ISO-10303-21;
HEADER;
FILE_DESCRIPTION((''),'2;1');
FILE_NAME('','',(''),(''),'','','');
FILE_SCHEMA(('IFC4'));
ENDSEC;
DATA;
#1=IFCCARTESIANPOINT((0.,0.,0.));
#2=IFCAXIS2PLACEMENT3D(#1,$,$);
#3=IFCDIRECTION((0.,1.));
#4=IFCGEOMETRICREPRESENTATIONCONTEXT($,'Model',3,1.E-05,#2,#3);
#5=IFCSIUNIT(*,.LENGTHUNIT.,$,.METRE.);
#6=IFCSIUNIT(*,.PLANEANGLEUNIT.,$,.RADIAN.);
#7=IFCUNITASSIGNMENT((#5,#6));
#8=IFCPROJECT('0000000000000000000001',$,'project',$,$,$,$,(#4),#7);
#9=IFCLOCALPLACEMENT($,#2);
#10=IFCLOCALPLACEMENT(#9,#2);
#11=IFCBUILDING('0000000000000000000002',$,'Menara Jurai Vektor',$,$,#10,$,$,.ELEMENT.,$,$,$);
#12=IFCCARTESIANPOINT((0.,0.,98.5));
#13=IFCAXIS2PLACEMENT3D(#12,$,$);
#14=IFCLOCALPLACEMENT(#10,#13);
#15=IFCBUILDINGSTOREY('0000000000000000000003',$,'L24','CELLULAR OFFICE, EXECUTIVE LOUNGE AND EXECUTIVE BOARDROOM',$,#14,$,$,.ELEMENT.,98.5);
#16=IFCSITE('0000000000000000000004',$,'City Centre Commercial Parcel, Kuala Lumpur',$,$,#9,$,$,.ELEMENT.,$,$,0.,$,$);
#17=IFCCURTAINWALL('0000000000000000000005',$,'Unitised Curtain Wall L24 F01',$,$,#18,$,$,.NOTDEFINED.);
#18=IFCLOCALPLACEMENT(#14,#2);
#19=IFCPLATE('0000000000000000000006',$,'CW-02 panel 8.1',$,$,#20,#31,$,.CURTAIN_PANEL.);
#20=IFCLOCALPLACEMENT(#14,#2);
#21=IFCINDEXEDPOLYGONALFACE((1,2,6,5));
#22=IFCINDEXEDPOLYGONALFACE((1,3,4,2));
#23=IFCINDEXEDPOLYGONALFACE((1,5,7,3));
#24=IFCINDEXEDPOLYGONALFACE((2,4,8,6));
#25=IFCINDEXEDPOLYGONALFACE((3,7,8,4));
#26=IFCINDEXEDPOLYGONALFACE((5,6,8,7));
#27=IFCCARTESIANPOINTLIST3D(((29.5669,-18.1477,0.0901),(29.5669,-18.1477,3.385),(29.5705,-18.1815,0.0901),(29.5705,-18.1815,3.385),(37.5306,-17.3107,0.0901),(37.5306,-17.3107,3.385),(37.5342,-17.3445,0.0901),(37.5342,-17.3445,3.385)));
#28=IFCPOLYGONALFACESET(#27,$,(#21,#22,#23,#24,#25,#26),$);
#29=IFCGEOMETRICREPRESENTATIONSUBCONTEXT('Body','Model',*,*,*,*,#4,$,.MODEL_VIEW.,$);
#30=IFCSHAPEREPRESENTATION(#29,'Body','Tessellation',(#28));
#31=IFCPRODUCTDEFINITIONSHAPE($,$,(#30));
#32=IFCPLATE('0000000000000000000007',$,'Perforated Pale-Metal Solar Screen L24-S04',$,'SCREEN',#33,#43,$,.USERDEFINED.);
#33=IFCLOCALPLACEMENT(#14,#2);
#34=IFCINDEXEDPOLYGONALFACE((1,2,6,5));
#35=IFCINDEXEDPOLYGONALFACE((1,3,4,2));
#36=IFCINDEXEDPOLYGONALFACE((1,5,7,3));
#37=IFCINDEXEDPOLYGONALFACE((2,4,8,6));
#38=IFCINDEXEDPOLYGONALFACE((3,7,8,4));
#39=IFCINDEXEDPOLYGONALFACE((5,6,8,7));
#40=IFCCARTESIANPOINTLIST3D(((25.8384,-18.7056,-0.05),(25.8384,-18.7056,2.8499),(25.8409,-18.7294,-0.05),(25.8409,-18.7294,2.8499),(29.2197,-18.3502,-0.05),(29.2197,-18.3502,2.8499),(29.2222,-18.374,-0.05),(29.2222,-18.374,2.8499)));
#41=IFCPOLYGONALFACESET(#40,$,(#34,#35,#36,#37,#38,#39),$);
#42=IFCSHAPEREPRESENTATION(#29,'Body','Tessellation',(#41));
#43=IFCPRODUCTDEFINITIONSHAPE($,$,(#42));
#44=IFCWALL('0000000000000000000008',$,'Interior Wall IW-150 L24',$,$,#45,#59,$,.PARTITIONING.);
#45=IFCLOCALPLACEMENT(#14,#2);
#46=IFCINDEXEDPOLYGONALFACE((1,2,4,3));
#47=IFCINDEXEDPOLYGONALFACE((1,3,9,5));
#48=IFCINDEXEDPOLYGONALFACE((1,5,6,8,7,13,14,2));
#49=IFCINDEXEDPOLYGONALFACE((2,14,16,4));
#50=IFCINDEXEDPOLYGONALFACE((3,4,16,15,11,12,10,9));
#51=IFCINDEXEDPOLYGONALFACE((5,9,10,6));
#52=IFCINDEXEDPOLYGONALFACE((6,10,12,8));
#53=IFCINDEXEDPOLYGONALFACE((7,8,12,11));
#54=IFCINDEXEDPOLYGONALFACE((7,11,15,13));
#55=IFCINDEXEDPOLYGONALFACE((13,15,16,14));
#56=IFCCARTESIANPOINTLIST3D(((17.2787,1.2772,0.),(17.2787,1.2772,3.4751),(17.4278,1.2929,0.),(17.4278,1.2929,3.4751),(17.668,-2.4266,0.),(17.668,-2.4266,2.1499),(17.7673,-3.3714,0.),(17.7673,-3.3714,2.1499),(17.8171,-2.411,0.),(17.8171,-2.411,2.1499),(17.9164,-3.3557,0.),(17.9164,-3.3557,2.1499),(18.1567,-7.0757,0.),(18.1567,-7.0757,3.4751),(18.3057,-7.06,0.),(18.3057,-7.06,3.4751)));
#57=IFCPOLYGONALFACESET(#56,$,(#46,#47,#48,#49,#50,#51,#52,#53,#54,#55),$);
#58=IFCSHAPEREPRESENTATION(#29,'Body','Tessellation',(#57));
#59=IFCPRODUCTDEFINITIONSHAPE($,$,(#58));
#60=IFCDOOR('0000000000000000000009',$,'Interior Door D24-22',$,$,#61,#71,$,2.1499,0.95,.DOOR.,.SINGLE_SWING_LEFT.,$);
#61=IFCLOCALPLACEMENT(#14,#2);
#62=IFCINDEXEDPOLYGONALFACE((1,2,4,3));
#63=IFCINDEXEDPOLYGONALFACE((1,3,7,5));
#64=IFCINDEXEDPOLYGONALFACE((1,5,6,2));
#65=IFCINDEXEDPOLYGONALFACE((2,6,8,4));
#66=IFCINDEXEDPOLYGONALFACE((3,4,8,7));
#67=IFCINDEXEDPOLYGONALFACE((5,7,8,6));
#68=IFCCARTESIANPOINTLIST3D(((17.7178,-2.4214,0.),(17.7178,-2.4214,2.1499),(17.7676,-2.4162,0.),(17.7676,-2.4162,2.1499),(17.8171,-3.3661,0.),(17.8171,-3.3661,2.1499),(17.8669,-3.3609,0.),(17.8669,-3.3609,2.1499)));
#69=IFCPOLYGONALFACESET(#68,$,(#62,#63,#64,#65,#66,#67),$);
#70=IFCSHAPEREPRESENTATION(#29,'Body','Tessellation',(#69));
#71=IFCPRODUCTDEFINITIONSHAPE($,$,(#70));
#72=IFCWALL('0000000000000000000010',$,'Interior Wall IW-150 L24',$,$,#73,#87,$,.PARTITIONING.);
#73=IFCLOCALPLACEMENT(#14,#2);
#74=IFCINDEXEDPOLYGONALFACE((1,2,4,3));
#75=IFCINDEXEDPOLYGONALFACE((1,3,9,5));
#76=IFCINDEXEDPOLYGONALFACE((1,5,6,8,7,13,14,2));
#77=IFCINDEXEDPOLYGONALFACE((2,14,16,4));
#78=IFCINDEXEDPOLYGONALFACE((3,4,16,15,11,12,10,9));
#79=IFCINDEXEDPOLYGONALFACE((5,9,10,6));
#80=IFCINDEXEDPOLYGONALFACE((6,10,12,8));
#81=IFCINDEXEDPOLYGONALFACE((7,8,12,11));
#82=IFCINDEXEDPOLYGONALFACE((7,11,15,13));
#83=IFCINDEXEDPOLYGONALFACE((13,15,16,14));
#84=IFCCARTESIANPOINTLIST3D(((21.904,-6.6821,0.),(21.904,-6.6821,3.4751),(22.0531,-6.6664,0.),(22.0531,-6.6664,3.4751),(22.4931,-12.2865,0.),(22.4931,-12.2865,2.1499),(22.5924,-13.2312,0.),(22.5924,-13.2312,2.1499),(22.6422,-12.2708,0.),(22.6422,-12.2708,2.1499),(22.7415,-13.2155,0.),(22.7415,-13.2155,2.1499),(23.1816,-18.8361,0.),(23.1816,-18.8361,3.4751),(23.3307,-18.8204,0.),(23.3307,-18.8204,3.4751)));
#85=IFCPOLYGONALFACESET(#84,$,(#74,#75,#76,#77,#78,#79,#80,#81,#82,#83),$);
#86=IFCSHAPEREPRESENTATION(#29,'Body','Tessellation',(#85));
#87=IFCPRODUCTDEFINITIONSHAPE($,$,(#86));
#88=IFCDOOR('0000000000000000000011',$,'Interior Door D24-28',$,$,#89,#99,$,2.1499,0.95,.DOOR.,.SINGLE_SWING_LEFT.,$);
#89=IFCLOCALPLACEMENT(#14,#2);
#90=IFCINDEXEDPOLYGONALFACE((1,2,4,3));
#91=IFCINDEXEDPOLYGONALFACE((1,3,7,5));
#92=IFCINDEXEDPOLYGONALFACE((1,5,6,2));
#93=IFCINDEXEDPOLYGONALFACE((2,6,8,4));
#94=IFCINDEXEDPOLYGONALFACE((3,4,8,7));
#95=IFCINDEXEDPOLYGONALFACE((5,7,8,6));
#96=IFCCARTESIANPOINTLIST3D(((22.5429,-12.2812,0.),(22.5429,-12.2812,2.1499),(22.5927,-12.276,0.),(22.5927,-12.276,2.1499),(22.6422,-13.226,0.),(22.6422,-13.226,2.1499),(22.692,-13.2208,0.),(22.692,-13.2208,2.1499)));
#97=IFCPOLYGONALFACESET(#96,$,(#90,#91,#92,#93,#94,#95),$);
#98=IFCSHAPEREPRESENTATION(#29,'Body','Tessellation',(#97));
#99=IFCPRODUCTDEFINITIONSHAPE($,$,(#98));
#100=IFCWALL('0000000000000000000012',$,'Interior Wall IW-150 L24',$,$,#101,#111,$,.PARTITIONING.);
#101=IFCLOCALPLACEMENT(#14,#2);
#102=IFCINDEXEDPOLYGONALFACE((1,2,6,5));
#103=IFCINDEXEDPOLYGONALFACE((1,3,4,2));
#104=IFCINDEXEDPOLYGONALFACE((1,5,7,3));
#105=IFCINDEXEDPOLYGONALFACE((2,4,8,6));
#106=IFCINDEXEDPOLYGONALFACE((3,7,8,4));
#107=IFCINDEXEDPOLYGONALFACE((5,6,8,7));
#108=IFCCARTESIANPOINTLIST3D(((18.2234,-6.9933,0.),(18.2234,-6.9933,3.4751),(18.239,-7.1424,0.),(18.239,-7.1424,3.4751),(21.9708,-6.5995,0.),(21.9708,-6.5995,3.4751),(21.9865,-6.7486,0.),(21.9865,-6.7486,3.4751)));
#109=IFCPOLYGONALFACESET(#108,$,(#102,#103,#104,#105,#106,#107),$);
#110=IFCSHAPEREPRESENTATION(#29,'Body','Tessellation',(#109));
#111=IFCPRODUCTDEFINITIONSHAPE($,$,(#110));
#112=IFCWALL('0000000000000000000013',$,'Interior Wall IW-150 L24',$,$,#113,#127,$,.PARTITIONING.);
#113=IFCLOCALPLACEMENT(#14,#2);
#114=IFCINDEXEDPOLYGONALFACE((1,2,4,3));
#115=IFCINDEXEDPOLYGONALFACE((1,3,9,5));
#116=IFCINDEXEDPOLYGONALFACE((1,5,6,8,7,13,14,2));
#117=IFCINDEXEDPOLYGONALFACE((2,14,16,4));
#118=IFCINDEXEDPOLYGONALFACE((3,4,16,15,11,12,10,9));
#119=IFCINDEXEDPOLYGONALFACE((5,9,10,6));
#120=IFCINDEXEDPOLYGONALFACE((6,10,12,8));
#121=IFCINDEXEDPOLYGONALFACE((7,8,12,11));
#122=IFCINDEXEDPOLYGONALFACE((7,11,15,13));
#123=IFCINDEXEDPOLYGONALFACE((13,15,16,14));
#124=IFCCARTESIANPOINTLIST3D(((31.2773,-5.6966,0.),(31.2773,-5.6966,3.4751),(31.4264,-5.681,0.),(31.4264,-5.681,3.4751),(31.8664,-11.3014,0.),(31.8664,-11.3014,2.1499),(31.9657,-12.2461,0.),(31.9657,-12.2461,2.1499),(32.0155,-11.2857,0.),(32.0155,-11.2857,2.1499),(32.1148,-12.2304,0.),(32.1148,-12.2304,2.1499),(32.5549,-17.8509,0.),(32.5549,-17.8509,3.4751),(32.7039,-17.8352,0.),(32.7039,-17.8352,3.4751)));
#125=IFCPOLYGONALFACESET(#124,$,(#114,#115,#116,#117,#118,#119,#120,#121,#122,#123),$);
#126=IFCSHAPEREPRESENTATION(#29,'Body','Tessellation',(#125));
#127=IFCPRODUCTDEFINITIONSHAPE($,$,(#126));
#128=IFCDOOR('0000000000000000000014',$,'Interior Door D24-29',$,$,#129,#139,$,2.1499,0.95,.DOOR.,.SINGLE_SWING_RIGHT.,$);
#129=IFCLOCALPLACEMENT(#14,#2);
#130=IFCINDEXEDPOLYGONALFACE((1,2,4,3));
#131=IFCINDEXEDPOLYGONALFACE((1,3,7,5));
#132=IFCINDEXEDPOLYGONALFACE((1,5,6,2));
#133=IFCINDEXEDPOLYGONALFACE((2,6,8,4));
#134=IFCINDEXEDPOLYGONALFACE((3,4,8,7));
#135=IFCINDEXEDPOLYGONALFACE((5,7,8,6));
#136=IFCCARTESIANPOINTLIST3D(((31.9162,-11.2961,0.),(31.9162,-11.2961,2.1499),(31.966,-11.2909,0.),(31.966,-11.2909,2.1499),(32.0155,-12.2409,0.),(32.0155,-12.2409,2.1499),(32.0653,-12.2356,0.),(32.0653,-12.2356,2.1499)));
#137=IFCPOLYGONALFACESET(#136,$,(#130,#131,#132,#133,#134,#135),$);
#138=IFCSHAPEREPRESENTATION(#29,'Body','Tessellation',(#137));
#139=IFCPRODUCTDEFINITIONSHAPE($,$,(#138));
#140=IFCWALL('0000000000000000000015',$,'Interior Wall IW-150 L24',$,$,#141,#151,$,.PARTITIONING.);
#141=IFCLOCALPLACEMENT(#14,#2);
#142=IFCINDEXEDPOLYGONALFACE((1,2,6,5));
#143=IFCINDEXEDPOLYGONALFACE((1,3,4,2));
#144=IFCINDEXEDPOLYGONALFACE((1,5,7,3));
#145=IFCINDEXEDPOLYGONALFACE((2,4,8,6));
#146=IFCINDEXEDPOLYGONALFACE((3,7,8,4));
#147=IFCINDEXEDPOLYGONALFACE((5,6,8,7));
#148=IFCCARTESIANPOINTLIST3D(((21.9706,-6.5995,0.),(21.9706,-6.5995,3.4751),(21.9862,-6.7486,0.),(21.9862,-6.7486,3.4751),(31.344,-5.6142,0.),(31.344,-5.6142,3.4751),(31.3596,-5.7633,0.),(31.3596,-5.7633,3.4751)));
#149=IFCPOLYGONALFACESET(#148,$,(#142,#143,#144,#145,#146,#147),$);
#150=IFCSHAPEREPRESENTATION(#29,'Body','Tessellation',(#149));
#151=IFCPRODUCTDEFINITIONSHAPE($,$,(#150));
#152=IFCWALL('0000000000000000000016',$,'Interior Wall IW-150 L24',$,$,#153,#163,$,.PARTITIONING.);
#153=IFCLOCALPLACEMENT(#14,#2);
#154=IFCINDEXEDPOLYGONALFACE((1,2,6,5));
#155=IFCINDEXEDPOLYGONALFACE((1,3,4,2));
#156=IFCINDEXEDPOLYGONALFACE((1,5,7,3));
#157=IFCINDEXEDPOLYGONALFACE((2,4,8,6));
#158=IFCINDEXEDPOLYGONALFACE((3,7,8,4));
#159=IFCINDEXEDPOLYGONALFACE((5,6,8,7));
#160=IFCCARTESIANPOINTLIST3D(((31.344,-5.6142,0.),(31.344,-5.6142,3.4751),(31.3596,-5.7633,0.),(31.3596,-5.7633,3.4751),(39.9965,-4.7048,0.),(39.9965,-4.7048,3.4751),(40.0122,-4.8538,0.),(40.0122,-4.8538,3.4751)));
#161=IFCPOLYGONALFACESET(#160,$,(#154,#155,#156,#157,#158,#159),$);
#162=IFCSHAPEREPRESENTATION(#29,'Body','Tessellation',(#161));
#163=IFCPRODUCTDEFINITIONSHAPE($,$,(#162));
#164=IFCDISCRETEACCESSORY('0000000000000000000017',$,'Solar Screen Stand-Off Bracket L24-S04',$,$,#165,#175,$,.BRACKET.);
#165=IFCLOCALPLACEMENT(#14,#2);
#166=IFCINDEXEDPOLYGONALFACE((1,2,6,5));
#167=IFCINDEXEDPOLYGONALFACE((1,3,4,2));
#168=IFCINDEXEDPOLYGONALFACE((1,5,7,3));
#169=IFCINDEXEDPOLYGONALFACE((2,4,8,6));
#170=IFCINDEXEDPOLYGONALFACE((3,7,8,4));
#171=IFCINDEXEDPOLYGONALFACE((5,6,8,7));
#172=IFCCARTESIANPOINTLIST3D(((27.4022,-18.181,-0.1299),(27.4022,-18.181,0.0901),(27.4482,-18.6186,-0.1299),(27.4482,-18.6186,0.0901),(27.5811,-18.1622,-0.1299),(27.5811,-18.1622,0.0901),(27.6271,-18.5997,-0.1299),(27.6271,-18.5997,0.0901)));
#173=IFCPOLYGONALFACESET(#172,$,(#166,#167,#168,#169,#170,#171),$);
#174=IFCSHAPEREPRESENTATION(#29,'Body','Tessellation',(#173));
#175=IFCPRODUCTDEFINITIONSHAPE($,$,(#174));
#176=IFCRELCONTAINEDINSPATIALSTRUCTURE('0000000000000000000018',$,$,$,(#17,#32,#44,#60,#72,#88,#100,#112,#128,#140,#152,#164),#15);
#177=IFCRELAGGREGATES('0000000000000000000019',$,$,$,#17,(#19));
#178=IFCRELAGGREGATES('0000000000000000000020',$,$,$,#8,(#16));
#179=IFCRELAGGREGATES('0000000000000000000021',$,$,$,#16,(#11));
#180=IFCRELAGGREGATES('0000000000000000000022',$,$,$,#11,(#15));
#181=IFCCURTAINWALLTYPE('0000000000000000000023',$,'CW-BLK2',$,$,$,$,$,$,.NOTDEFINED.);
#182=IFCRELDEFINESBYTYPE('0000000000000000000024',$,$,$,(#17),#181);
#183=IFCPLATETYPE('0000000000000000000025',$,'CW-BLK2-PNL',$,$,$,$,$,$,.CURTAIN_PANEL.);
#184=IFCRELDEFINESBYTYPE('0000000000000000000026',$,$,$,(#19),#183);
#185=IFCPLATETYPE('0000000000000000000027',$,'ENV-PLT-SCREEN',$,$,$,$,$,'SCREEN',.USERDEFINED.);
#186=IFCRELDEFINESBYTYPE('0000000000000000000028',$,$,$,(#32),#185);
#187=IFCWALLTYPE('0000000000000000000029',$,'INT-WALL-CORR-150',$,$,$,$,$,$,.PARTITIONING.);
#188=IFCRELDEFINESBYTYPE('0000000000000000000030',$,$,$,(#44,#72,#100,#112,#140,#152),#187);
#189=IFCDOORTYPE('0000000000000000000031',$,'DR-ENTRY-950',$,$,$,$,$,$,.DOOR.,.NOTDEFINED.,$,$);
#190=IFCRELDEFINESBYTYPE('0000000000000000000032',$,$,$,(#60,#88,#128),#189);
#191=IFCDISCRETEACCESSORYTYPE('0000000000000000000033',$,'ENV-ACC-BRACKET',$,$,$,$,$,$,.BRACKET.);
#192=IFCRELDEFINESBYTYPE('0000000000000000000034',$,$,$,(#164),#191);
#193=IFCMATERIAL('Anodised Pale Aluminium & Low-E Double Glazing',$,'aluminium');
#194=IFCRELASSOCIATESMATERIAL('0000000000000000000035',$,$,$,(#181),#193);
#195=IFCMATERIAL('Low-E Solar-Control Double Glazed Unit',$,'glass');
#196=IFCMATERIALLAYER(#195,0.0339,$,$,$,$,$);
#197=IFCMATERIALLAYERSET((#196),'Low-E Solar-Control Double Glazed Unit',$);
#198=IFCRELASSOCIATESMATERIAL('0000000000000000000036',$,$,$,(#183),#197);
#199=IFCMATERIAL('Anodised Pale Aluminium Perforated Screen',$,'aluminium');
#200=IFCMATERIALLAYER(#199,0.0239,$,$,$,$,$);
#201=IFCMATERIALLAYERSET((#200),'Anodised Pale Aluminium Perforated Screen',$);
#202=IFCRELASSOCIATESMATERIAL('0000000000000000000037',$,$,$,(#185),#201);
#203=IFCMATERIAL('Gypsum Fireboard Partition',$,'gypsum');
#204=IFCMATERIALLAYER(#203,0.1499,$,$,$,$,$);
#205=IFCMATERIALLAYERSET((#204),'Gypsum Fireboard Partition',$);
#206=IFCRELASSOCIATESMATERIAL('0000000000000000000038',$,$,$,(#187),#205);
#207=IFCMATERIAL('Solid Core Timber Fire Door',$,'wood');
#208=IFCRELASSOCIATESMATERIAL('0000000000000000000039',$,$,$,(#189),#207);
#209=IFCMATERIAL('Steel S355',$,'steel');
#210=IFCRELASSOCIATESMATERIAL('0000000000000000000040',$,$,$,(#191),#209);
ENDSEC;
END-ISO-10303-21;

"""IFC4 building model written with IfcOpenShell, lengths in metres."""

from ifc_helpers import new_model, si_unit, direction, frame, frame_2d, origin, origin_2d, place, context, subcontext, project, spatial, rectangle, extrude, material, layer, layer_set, type_object, element, fill, aggregate, save


model = new_model("IFC4")

# Units and contexts
model_context = context("Model", 3, precision=1e-05, world=origin(), true_north=direction((0.0, 1.0)))
body_context = subcontext(model_context, "Body", "Model", "MODEL_VIEW")
ifc_project = project(units=[si_unit("LENGTHUNIT", "METRE"), si_unit("PLANEANGLEUNIT", "RADIAN")], contexts=[model_context])

# Site, building, storey
site_placement = place(None, origin())
site = spatial("IfcSite", under=ifc_project, at=site_placement, Name="City Centre Commercial Parcel, Kuala Lumpur", CompositionType="ELEMENT", RefElevation=0.0)
building_placement = place(site_placement, origin())
building = spatial("IfcBuilding", under=site, at=building_placement, Name="Menara Jurai Vektor", CompositionType="ELEMENT")
storey_placement = place(building_placement, frame((0.0, 0.0, 98.5)))
storey = spatial("IfcBuildingStorey", under=building, at=storey_placement, Name="L24", Description="CELLULAR OFFICE, EXECUTIVE LOUNGE AND EXECUTIVE BOARDROOM", CompositionType="ELEMENT", Elevation=98.5)

# Curtain wall
ifc_material_1 = material(Name="Anodised Pale Aluminium & Low-E Double Glazing", Category="aluminium")
curtain_wall_type = type_object("IfcCurtainWallType", Name="CW-BLK2", PredefinedType="NOTDEFINED", material=ifc_material_1)
curtain_wall_placement = place(storey_placement, origin())
curtain_wall = element("IfcCurtainWall", 1, at=curtain_wall_placement, inside=storey, type_object=curtain_wall_type, Name="Unitised Curtain Wall L24 F01", PredefinedType="NOTDEFINED")

# Shared definitions
ifc_material_2 = material(Name="Steel S355", Category="steel")

# Plates
ifc_material_3 = material(Name="Low-E Solar-Control Double Glazed Unit", Category="glass")
ifc_layer_1 = layer(ifc_material_3, 0.0339)
ifc_layer_set_1 = layer_set([ifc_layer_1], Name="Low-E Solar-Control Double Glazed Unit")
plate_type_1 = type_object("IfcPlateType", Name="CW-BLK2-PNL", PredefinedType="CURTAIN_PANEL", material=ifc_layer_set_1)
plate_1_placement = place(storey_placement, frame((33.5505, -17.7461, 0.0901), z_axis=(0.0, 0.0, 1.0), x_axis=(0.994522, 0.104529, 0.0)))
plate_1 = element("IfcPlate", 2, at=plate_1_placement, type_object=plate_type_1, Name="CW-02 panel 8.1", PredefinedType="CURTAIN_PANEL", context=body_context, shape_type="SweptSolid", body=[
    extrude(rectangle(XDim=8.0076, YDim=0.0339, at=origin_2d()), origin(), (0.0, 0.0, 1.0), 3.2949),
])
aggregate(curtain_wall, [plate_1])
ifc_material_4 = material(Name="Anodised Pale Aluminium Perforated Screen", Category="aluminium")
ifc_layer_2 = layer(ifc_material_4, 0.0239)
ifc_layer_set_2 = layer_set([ifc_layer_2], Name="Anodised Pale Aluminium Perforated Screen")
plate_type_2 = type_object("IfcPlateType", Name="ENV-PLT-SCREEN", ElementType="SCREEN", PredefinedType="USERDEFINED", material=ifc_layer_set_2)
plate_2_placement = place(storey_placement, frame((27.5303, -18.5398, -0.05), z_axis=(0.0, 0.0, 1.0), x_axis=(0.994522, 0.104528, 0.0)))
element("IfcPlate", 3, at=plate_2_placement, inside=storey, type_object=plate_type_2, Name="Perforated Pale-Metal Solar Screen L24-S04", ObjectType="SCREEN", PredefinedType="USERDEFINED", context=body_context, shape_type="SweptSolid", body=[
    extrude(rectangle(XDim=3.3999, YDim=0.0239, at=origin_2d()), origin(), (0.0, 0.0, 1.0), 2.8999),
])

# Walls, openings, doors
ifc_material_5 = material(Name="Gypsum Fireboard Partition", Category="gypsum")
ifc_layer_3 = layer(ifc_material_5, 0.1499)
ifc_layer_set_3 = layer_set([ifc_layer_3], Name="Gypsum Fireboard Partition")
wall_type = type_object("IfcWallType", Name="INT-WALL-CORR-150", PredefinedType="PARTITIONING", material=ifc_layer_set_3)
wall_1_placement = place(storey_placement, frame((18.2312, -7.0679, 0.0), z_axis=(0.0, 0.0, 1.0), x_axis=(-0.104527, 0.994522, 0.0)))
wall_1 = element("IfcWall", 4, at=wall_1_placement, inside=storey, type_object=wall_type, Name="Interior Wall IW-150 L24", PredefinedType="PARTITIONING", context=body_context, shape_type="SweptSolid", body=[
    extrude(rectangle(XDim=8.3989, YDim=0.1499, at=frame_2d((4.1995, 0.0))), origin(), (0.0, 0.0, 1.0), 3.4751),
])
opening_1_placement = place(wall_1_placement, frame((3.7246, 0.0, 0.0)))
opening_1 = element("IfcOpeningElement", 5, at=opening_1_placement, cuts=wall_1, PredefinedType="OPENING", context=body_context, shape_type="SweptSolid", body=[
    extrude(rectangle(XDim=0.95, YDim=2.1499, at=frame_2d((0.4751, 1.075))), frame((0.0, 0.085, 0.0), z_axis=(0.0, -1.0, 0.0), x_axis=(1.0, 0.0, 0.0)), (0.0, 0.0, 1.0), 0.1699),
])
ifc_material_6 = material(Name="Solid Core Timber Fire Door", Category="wood")
door_type = type_object("IfcDoorType", Name="DR-ENTRY-950", OperationType="NOTDEFINED", PredefinedType="DOOR", material=ifc_material_6)
door_1_placement = place(opening_1_placement, origin())
door_1 = element("IfcDoor", 6, at=door_1_placement, inside=storey, type_object=door_type, Name="Interior Door D24-22", OperationType="SINGLE_SWING_LEFT", OverallHeight=2.1499, OverallWidth=0.95, PredefinedType="DOOR", context=body_context, shape_type="SweptSolid", body=[
    extrude(rectangle(XDim=0.95, YDim=2.1499, at=frame_2d((0.4751, 1.075))), frame((0.0, 0.0249, 0.0), z_axis=(0.0, -1.0, 0.0), x_axis=(1.0, 0.0, 0.0)), (0.0, 0.0, 1.0), 0.05),
])
fill(opening_1, door_1)
wall_2_placement = place(storey_placement, frame((23.2561, -18.8281, 0.0), z_axis=(0.0, 0.0, 1.0), x_axis=(-0.10454, 0.994521, 0.0)))
wall_2 = element("IfcWall", 7, at=wall_2_placement, inside=storey, type_object=wall_type, Name="Interior Wall IW-150 L24", PredefinedType="PARTITIONING", context=body_context, shape_type="SweptSolid", body=[
    extrude(rectangle(XDim=12.2209, YDim=0.1499, at=frame_2d((6.1104, 0.0))), origin(), (0.0, 0.0, 1.0), 3.4751),
])
opening_2_placement = place(wall_2_placement, frame((5.6355, 0.0, 0.0)))
opening_2 = element("IfcOpeningElement", 8, at=opening_2_placement, cuts=wall_2, PredefinedType="OPENING", context=body_context, shape_type="SweptSolid", body=[
    extrude(rectangle(XDim=0.95, YDim=2.1499, at=frame_2d((0.4751, 1.075))), frame((0.0, 0.085, 0.0), z_axis=(0.0, -1.0, 0.0), x_axis=(1.0, 0.0, 0.0)), (0.0, 0.0, 1.0), 0.1699),
])
door_2_placement = place(opening_2_placement, origin())
door_2 = element("IfcDoor", 9, at=door_2_placement, inside=storey, type_object=door_type, Name="Interior Door D24-28", OperationType="SINGLE_SWING_LEFT", OverallHeight=2.1499, OverallWidth=0.95, PredefinedType="DOOR", context=body_context, shape_type="SweptSolid", body=[
    extrude(rectangle(XDim=0.95, YDim=2.1499, at=frame_2d((0.4751, 1.075))), frame((0.0, 0.0249, 0.0), z_axis=(0.0, -1.0, 0.0), x_axis=(1.0, 0.0, 0.0)), (0.0, 0.0, 1.0), 0.05),
])
fill(opening_2, door_2)

# Wall
wall_3_placement = place(storey_placement, frame((18.2312, -7.0679, 0.0), z_axis=(0.0, 0.0, 1.0), x_axis=(0.994524, 0.104513, 0.0)))
element("IfcWall", 10, at=wall_3_placement, inside=storey, type_object=wall_type, Name="Interior Wall IW-150 L24", PredefinedType="PARTITIONING", context=body_context, shape_type="SweptSolid", body=[
    extrude(rectangle(XDim=3.7681, YDim=0.1499, at=frame_2d((1.884, 0.0))), origin(), (0.0, 0.0, 1.0), 3.4751),
])

# Wall, opening, door
wall_4_placement = place(storey_placement, frame((32.6294, -17.843, 0.0), z_axis=(0.0, 0.0, 1.0), x_axis=(-0.104538, 0.994521, 0.0)))
wall_4 = element("IfcWall", 11, at=wall_4_placement, inside=storey, type_object=wall_type, Name="Interior Wall IW-150 L24", PredefinedType="PARTITIONING", context=body_context, shape_type="SweptSolid", body=[
    extrude(rectangle(XDim=12.2212, YDim=0.1499, at=frame_2d((6.1106, 0.0))), origin(), (0.0, 0.0, 1.0), 3.4751),
])
opening_3_placement = place(wall_4_placement, frame((5.6355, 0.0, 0.0)))
opening_3 = element("IfcOpeningElement", 12, at=opening_3_placement, cuts=wall_4, PredefinedType="OPENING", context=body_context, shape_type="SweptSolid", body=[
    extrude(rectangle(XDim=0.95, YDim=2.1499, at=frame_2d((0.4751, 1.075))), frame((0.0, 0.085, 0.0), z_axis=(0.0, -1.0, 0.0), x_axis=(1.0, 0.0, 0.0)), (0.0, 0.0, 1.0), 0.1699),
])
door_3_placement = place(opening_3_placement, origin())
door_3 = element("IfcDoor", 13, at=door_3_placement, inside=storey, type_object=door_type, Name="Interior Door D24-29", OperationType="SINGLE_SWING_RIGHT", OverallHeight=2.1499, OverallWidth=0.95, PredefinedType="DOOR", context=body_context, shape_type="SweptSolid", body=[
    extrude(rectangle(XDim=0.95, YDim=2.1499, at=frame_2d((0.4751, 1.075))), frame((0.0, 0.0249, 0.0), z_axis=(0.0, -1.0, 0.0), x_axis=(1.0, 0.0, 0.0)), (0.0, 0.0, 1.0), 0.05),
])
fill(opening_3, door_3)

# Walls
wall_5_placement = place(storey_placement, frame((21.9785, -6.6741, 0.0), z_axis=(0.0, 0.0, 1.0), x_axis=(0.99452, 0.104547, 0.0)))
element("IfcWall", 14, at=wall_5_placement, inside=storey, type_object=wall_type, Name="Interior Wall IW-150 L24", PredefinedType="PARTITIONING", context=body_context, shape_type="SweptSolid", body=[
    extrude(rectangle(XDim=9.425, YDim=0.1499, at=frame_2d((4.7124, 0.0))), origin(), (0.0, 0.0, 1.0), 3.4751),
])
wall_6_placement = place(storey_placement, frame((31.3518, -5.6887, 0.0), z_axis=(0.0, 0.0, 1.0), x_axis=(0.994522, 0.104528, 0.0)))
element("IfcWall", 15, at=wall_6_placement, inside=storey, type_object=wall_type, Name="Interior Wall IW-150 L24", PredefinedType="PARTITIONING", context=body_context, shape_type="SweptSolid", body=[
    extrude(rectangle(XDim=8.7002, YDim=0.1499, at=frame_2d((4.3501, 0.0))), origin(), (0.0, 0.0, 1.0), 3.4751),
])

# Discrete accessory
discrete_accessory_type = type_object("IfcDiscreteAccessoryType", Name="ENV-ACC-BRACKET", PredefinedType="BRACKET", material=ifc_material_2)
discrete_accessory_placement = place(storey_placement, frame((27.5146, -18.3904, -0.1299), z_axis=(0.0, 0.0, 1.0), x_axis=(0.994522, 0.104528, 0.0)))
element("IfcDiscreteAccessory", 16, at=discrete_accessory_placement, inside=storey, type_object=discrete_accessory_type, Name="Solar Screen Stand-Off Bracket L24-S04", PredefinedType="BRACKET", context=body_context, shape_type="SweptSolid", body=[
    extrude(rectangle(XDim=0.1799, YDim=0.4399, at=origin_2d()), origin(), (0.0, 0.0, 1.0), 0.22),
])

save(model, "model.ifc")
